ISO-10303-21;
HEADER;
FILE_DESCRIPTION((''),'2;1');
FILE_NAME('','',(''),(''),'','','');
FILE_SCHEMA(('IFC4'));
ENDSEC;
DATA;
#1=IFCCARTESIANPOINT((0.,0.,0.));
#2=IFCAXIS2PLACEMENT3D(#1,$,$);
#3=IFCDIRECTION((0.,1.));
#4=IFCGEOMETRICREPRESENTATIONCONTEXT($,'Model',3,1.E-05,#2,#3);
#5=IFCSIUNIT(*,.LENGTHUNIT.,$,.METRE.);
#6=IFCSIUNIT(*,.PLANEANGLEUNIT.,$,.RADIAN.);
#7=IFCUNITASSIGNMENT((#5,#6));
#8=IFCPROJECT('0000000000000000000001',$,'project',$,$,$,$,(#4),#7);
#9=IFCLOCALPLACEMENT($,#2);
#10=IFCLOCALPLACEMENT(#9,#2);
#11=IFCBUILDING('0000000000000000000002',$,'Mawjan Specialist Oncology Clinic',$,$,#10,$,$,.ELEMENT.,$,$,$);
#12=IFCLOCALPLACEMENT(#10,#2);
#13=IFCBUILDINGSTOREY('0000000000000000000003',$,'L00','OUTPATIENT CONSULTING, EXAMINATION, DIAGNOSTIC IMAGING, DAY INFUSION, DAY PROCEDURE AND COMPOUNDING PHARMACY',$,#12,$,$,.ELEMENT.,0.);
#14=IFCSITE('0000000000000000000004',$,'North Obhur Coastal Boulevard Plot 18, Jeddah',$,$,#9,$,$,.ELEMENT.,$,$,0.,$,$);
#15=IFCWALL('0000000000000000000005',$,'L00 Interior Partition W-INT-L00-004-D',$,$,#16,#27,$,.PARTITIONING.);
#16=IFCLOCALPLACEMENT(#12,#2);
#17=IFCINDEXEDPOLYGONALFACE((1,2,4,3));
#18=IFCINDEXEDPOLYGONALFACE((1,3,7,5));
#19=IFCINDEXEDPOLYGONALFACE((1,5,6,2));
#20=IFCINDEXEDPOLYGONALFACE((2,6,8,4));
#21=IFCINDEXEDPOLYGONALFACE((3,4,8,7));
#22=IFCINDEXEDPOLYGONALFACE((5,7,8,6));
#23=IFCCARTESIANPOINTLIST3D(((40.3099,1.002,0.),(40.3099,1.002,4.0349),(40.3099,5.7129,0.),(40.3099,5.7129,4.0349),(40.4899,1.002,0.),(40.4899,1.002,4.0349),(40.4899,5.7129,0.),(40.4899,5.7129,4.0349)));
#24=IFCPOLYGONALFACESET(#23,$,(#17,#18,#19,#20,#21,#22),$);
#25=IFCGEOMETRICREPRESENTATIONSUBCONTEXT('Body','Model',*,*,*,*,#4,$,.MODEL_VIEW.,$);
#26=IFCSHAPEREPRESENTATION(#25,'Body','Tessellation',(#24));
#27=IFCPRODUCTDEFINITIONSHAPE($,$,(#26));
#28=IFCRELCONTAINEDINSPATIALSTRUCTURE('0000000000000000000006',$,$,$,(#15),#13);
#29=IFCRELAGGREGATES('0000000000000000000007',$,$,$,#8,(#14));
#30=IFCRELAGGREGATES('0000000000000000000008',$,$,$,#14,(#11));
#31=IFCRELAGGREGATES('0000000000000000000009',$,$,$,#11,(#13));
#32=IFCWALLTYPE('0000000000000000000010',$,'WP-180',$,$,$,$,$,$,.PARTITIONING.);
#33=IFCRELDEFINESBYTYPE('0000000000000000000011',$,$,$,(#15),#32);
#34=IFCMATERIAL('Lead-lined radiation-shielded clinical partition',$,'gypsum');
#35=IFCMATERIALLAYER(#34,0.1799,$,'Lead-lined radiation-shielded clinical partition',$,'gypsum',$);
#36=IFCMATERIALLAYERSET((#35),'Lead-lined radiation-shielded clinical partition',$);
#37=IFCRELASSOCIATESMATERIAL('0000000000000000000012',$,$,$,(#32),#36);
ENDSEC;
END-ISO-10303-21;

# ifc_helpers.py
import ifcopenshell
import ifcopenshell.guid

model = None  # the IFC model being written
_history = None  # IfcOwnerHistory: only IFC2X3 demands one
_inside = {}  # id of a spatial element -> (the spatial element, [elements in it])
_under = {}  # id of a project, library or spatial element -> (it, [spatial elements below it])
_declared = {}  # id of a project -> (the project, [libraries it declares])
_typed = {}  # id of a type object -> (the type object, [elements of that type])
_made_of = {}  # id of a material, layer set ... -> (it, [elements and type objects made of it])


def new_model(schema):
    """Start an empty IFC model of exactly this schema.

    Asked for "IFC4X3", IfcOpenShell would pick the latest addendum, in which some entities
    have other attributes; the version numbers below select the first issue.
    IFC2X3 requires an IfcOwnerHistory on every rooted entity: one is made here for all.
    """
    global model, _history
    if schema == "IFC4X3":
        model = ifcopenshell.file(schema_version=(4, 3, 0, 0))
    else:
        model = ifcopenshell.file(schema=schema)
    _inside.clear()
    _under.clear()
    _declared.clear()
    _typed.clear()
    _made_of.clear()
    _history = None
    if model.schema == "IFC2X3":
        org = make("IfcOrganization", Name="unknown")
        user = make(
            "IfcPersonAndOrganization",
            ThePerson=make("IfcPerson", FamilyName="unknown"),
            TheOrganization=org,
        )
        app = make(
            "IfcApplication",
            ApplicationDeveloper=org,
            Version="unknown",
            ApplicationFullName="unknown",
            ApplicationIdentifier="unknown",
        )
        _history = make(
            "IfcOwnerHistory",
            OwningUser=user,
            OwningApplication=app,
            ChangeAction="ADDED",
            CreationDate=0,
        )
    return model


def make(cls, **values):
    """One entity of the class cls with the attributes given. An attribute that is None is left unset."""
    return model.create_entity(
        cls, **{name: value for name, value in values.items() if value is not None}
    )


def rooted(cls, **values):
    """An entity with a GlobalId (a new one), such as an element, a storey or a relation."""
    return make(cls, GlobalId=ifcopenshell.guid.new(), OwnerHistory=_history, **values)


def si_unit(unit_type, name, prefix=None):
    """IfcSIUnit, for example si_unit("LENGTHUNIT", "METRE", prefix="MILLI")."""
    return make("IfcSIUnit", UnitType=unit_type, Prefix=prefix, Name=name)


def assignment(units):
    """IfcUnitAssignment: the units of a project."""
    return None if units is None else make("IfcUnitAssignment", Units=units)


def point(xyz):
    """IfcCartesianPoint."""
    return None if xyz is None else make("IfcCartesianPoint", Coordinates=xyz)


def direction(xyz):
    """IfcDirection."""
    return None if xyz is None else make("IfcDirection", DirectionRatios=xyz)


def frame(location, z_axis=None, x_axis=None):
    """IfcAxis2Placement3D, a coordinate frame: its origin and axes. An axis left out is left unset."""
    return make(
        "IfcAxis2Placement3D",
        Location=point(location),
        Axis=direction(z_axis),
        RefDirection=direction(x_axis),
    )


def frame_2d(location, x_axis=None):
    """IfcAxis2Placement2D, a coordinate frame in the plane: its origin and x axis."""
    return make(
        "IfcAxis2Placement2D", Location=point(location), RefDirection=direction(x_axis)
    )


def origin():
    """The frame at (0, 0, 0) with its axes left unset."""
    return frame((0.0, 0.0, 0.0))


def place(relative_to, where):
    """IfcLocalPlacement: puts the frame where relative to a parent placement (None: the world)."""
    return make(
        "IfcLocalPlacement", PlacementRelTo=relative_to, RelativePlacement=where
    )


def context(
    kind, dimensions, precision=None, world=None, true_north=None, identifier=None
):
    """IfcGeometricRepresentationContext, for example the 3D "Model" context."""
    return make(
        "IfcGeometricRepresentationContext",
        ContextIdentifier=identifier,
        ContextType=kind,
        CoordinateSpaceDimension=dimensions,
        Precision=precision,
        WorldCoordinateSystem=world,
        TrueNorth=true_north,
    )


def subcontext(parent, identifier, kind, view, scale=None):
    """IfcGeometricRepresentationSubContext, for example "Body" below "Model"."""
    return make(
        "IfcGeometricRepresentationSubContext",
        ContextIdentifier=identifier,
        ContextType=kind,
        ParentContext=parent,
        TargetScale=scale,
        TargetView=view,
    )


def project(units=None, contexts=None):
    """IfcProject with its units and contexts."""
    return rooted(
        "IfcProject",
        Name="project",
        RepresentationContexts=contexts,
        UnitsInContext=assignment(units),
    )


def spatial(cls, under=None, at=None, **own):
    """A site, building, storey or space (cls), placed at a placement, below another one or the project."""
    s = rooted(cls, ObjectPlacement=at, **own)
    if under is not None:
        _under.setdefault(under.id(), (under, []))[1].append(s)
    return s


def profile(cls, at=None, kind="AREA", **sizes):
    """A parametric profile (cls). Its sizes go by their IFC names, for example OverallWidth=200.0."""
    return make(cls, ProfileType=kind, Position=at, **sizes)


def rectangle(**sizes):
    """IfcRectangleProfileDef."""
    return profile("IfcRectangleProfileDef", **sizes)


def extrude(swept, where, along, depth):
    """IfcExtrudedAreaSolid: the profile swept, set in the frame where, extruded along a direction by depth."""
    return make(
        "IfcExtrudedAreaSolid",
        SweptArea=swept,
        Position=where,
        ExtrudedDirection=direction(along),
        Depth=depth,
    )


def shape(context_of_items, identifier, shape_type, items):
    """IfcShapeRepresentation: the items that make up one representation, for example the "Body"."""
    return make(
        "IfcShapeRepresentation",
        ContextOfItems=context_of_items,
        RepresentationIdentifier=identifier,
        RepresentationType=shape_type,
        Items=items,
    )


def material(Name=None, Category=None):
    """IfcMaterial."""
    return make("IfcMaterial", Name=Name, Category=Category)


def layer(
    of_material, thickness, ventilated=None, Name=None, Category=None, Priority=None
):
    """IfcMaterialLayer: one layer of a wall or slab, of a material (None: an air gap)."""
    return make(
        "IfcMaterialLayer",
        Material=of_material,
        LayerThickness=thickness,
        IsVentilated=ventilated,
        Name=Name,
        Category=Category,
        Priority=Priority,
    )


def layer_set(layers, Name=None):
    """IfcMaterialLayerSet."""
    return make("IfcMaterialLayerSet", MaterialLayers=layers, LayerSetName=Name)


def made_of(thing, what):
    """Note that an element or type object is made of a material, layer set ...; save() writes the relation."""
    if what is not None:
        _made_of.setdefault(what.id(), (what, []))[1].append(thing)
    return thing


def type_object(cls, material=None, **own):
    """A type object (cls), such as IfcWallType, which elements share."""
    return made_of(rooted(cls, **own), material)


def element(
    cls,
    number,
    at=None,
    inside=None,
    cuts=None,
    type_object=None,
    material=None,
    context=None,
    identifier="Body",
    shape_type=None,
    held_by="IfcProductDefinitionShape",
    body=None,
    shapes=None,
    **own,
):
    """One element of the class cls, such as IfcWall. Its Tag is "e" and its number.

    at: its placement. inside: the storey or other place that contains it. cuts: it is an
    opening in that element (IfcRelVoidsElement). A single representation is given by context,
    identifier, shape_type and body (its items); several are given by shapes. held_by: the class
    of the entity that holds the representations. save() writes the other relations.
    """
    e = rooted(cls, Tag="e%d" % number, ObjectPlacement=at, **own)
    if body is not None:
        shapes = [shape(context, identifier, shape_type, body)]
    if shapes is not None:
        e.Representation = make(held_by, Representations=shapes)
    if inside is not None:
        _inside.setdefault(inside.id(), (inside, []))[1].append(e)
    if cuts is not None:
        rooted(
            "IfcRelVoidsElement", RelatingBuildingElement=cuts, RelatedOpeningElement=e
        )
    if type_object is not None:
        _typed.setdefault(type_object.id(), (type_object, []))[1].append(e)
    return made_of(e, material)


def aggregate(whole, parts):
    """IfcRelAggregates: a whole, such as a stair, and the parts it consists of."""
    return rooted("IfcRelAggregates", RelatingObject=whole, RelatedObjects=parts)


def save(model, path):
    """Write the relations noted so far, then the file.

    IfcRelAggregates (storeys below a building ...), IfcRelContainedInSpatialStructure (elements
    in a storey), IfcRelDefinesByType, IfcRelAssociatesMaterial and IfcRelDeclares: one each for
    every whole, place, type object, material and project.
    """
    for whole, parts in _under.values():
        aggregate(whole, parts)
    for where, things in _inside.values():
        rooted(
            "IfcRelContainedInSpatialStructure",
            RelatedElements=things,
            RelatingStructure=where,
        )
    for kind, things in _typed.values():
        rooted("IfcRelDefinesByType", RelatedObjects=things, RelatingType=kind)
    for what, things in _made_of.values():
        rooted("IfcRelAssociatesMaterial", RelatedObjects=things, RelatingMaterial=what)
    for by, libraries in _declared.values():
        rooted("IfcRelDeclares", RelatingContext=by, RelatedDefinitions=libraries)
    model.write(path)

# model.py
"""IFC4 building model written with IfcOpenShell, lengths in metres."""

from ifc_helpers import new_model, si_unit, direction, frame, frame_2d, origin, place, context, subcontext, project, spatial, rectangle, extrude, material, layer, layer_set, type_object, element, save


model = new_model("IFC4")

# Units and contexts
model_context = context("Model", 3, precision=1e-05, world=origin(), true_north=direction((0.0, 1.0)))
body_context = subcontext(model_context, "Body", "Model", "MODEL_VIEW")
ifc_project = project(units=[si_unit("LENGTHUNIT", "METRE"), si_unit("PLANEANGLEUNIT", "RADIAN")], contexts=[model_context])

# Site, building, storey
site_placement = place(None, origin())
site = spatial("IfcSite", under=ifc_project, at=site_placement, Name="North Obhur Coastal Boulevard Plot 18, Jeddah", CompositionType="ELEMENT", RefElevation=0.0)
building_placement = place(site_placement, origin())
building = spatial("IfcBuilding", under=site, at=building_placement, Name="Mawjan Specialist Oncology Clinic", CompositionType="ELEMENT")
storey_placement = place(building_placement, origin())
storey = spatial("IfcBuildingStorey", under=building, at=storey_placement, Name="L00", Description="OUTPATIENT CONSULTING, EXAMINATION, DIAGNOSTIC IMAGING, DAY INFUSION, DAY PROCEDURE AND COMPOUNDING PHARMACY", CompositionType="ELEMENT", Elevation=0.0)

# Wall
ifc_material_1 = material(Name="Lead-lined radiation-shielded clinical partition", Category="gypsum")
ifc_layer_1 = layer(ifc_material_1, 0.1799, Name="Lead-lined radiation-shielded clinical partition", Category="gypsum")
ifc_layer_set_1 = layer_set([ifc_layer_1], Name="Lead-lined radiation-shielded clinical partition")
wall_type_1 = type_object("IfcWallType", Name="WP-180", PredefinedType="PARTITIONING", material=ifc_layer_set_1)
wall_1_placement = place(storey_placement, frame((40.3999, 1.002, 0.0), z_axis=(0.0, 0.0, 1.0), x_axis=(0.0, 1.0, 0.0)))
element("IfcWall", 1, at=wall_1_placement, inside=storey, type_object=wall_type_1, Name="L00 Interior Partition W-INT-L00-004-D", PredefinedType="PARTITIONING", context=body_context, shape_type="SweptSolid", body=[
    extrude(rectangle(XDim=4.7109, YDim=0.1799, at=frame_2d((2.3555, 0.0))), origin(), (0.0, 0.0, 1.0), 4.0349),
])

save(model, "model.ifc")
